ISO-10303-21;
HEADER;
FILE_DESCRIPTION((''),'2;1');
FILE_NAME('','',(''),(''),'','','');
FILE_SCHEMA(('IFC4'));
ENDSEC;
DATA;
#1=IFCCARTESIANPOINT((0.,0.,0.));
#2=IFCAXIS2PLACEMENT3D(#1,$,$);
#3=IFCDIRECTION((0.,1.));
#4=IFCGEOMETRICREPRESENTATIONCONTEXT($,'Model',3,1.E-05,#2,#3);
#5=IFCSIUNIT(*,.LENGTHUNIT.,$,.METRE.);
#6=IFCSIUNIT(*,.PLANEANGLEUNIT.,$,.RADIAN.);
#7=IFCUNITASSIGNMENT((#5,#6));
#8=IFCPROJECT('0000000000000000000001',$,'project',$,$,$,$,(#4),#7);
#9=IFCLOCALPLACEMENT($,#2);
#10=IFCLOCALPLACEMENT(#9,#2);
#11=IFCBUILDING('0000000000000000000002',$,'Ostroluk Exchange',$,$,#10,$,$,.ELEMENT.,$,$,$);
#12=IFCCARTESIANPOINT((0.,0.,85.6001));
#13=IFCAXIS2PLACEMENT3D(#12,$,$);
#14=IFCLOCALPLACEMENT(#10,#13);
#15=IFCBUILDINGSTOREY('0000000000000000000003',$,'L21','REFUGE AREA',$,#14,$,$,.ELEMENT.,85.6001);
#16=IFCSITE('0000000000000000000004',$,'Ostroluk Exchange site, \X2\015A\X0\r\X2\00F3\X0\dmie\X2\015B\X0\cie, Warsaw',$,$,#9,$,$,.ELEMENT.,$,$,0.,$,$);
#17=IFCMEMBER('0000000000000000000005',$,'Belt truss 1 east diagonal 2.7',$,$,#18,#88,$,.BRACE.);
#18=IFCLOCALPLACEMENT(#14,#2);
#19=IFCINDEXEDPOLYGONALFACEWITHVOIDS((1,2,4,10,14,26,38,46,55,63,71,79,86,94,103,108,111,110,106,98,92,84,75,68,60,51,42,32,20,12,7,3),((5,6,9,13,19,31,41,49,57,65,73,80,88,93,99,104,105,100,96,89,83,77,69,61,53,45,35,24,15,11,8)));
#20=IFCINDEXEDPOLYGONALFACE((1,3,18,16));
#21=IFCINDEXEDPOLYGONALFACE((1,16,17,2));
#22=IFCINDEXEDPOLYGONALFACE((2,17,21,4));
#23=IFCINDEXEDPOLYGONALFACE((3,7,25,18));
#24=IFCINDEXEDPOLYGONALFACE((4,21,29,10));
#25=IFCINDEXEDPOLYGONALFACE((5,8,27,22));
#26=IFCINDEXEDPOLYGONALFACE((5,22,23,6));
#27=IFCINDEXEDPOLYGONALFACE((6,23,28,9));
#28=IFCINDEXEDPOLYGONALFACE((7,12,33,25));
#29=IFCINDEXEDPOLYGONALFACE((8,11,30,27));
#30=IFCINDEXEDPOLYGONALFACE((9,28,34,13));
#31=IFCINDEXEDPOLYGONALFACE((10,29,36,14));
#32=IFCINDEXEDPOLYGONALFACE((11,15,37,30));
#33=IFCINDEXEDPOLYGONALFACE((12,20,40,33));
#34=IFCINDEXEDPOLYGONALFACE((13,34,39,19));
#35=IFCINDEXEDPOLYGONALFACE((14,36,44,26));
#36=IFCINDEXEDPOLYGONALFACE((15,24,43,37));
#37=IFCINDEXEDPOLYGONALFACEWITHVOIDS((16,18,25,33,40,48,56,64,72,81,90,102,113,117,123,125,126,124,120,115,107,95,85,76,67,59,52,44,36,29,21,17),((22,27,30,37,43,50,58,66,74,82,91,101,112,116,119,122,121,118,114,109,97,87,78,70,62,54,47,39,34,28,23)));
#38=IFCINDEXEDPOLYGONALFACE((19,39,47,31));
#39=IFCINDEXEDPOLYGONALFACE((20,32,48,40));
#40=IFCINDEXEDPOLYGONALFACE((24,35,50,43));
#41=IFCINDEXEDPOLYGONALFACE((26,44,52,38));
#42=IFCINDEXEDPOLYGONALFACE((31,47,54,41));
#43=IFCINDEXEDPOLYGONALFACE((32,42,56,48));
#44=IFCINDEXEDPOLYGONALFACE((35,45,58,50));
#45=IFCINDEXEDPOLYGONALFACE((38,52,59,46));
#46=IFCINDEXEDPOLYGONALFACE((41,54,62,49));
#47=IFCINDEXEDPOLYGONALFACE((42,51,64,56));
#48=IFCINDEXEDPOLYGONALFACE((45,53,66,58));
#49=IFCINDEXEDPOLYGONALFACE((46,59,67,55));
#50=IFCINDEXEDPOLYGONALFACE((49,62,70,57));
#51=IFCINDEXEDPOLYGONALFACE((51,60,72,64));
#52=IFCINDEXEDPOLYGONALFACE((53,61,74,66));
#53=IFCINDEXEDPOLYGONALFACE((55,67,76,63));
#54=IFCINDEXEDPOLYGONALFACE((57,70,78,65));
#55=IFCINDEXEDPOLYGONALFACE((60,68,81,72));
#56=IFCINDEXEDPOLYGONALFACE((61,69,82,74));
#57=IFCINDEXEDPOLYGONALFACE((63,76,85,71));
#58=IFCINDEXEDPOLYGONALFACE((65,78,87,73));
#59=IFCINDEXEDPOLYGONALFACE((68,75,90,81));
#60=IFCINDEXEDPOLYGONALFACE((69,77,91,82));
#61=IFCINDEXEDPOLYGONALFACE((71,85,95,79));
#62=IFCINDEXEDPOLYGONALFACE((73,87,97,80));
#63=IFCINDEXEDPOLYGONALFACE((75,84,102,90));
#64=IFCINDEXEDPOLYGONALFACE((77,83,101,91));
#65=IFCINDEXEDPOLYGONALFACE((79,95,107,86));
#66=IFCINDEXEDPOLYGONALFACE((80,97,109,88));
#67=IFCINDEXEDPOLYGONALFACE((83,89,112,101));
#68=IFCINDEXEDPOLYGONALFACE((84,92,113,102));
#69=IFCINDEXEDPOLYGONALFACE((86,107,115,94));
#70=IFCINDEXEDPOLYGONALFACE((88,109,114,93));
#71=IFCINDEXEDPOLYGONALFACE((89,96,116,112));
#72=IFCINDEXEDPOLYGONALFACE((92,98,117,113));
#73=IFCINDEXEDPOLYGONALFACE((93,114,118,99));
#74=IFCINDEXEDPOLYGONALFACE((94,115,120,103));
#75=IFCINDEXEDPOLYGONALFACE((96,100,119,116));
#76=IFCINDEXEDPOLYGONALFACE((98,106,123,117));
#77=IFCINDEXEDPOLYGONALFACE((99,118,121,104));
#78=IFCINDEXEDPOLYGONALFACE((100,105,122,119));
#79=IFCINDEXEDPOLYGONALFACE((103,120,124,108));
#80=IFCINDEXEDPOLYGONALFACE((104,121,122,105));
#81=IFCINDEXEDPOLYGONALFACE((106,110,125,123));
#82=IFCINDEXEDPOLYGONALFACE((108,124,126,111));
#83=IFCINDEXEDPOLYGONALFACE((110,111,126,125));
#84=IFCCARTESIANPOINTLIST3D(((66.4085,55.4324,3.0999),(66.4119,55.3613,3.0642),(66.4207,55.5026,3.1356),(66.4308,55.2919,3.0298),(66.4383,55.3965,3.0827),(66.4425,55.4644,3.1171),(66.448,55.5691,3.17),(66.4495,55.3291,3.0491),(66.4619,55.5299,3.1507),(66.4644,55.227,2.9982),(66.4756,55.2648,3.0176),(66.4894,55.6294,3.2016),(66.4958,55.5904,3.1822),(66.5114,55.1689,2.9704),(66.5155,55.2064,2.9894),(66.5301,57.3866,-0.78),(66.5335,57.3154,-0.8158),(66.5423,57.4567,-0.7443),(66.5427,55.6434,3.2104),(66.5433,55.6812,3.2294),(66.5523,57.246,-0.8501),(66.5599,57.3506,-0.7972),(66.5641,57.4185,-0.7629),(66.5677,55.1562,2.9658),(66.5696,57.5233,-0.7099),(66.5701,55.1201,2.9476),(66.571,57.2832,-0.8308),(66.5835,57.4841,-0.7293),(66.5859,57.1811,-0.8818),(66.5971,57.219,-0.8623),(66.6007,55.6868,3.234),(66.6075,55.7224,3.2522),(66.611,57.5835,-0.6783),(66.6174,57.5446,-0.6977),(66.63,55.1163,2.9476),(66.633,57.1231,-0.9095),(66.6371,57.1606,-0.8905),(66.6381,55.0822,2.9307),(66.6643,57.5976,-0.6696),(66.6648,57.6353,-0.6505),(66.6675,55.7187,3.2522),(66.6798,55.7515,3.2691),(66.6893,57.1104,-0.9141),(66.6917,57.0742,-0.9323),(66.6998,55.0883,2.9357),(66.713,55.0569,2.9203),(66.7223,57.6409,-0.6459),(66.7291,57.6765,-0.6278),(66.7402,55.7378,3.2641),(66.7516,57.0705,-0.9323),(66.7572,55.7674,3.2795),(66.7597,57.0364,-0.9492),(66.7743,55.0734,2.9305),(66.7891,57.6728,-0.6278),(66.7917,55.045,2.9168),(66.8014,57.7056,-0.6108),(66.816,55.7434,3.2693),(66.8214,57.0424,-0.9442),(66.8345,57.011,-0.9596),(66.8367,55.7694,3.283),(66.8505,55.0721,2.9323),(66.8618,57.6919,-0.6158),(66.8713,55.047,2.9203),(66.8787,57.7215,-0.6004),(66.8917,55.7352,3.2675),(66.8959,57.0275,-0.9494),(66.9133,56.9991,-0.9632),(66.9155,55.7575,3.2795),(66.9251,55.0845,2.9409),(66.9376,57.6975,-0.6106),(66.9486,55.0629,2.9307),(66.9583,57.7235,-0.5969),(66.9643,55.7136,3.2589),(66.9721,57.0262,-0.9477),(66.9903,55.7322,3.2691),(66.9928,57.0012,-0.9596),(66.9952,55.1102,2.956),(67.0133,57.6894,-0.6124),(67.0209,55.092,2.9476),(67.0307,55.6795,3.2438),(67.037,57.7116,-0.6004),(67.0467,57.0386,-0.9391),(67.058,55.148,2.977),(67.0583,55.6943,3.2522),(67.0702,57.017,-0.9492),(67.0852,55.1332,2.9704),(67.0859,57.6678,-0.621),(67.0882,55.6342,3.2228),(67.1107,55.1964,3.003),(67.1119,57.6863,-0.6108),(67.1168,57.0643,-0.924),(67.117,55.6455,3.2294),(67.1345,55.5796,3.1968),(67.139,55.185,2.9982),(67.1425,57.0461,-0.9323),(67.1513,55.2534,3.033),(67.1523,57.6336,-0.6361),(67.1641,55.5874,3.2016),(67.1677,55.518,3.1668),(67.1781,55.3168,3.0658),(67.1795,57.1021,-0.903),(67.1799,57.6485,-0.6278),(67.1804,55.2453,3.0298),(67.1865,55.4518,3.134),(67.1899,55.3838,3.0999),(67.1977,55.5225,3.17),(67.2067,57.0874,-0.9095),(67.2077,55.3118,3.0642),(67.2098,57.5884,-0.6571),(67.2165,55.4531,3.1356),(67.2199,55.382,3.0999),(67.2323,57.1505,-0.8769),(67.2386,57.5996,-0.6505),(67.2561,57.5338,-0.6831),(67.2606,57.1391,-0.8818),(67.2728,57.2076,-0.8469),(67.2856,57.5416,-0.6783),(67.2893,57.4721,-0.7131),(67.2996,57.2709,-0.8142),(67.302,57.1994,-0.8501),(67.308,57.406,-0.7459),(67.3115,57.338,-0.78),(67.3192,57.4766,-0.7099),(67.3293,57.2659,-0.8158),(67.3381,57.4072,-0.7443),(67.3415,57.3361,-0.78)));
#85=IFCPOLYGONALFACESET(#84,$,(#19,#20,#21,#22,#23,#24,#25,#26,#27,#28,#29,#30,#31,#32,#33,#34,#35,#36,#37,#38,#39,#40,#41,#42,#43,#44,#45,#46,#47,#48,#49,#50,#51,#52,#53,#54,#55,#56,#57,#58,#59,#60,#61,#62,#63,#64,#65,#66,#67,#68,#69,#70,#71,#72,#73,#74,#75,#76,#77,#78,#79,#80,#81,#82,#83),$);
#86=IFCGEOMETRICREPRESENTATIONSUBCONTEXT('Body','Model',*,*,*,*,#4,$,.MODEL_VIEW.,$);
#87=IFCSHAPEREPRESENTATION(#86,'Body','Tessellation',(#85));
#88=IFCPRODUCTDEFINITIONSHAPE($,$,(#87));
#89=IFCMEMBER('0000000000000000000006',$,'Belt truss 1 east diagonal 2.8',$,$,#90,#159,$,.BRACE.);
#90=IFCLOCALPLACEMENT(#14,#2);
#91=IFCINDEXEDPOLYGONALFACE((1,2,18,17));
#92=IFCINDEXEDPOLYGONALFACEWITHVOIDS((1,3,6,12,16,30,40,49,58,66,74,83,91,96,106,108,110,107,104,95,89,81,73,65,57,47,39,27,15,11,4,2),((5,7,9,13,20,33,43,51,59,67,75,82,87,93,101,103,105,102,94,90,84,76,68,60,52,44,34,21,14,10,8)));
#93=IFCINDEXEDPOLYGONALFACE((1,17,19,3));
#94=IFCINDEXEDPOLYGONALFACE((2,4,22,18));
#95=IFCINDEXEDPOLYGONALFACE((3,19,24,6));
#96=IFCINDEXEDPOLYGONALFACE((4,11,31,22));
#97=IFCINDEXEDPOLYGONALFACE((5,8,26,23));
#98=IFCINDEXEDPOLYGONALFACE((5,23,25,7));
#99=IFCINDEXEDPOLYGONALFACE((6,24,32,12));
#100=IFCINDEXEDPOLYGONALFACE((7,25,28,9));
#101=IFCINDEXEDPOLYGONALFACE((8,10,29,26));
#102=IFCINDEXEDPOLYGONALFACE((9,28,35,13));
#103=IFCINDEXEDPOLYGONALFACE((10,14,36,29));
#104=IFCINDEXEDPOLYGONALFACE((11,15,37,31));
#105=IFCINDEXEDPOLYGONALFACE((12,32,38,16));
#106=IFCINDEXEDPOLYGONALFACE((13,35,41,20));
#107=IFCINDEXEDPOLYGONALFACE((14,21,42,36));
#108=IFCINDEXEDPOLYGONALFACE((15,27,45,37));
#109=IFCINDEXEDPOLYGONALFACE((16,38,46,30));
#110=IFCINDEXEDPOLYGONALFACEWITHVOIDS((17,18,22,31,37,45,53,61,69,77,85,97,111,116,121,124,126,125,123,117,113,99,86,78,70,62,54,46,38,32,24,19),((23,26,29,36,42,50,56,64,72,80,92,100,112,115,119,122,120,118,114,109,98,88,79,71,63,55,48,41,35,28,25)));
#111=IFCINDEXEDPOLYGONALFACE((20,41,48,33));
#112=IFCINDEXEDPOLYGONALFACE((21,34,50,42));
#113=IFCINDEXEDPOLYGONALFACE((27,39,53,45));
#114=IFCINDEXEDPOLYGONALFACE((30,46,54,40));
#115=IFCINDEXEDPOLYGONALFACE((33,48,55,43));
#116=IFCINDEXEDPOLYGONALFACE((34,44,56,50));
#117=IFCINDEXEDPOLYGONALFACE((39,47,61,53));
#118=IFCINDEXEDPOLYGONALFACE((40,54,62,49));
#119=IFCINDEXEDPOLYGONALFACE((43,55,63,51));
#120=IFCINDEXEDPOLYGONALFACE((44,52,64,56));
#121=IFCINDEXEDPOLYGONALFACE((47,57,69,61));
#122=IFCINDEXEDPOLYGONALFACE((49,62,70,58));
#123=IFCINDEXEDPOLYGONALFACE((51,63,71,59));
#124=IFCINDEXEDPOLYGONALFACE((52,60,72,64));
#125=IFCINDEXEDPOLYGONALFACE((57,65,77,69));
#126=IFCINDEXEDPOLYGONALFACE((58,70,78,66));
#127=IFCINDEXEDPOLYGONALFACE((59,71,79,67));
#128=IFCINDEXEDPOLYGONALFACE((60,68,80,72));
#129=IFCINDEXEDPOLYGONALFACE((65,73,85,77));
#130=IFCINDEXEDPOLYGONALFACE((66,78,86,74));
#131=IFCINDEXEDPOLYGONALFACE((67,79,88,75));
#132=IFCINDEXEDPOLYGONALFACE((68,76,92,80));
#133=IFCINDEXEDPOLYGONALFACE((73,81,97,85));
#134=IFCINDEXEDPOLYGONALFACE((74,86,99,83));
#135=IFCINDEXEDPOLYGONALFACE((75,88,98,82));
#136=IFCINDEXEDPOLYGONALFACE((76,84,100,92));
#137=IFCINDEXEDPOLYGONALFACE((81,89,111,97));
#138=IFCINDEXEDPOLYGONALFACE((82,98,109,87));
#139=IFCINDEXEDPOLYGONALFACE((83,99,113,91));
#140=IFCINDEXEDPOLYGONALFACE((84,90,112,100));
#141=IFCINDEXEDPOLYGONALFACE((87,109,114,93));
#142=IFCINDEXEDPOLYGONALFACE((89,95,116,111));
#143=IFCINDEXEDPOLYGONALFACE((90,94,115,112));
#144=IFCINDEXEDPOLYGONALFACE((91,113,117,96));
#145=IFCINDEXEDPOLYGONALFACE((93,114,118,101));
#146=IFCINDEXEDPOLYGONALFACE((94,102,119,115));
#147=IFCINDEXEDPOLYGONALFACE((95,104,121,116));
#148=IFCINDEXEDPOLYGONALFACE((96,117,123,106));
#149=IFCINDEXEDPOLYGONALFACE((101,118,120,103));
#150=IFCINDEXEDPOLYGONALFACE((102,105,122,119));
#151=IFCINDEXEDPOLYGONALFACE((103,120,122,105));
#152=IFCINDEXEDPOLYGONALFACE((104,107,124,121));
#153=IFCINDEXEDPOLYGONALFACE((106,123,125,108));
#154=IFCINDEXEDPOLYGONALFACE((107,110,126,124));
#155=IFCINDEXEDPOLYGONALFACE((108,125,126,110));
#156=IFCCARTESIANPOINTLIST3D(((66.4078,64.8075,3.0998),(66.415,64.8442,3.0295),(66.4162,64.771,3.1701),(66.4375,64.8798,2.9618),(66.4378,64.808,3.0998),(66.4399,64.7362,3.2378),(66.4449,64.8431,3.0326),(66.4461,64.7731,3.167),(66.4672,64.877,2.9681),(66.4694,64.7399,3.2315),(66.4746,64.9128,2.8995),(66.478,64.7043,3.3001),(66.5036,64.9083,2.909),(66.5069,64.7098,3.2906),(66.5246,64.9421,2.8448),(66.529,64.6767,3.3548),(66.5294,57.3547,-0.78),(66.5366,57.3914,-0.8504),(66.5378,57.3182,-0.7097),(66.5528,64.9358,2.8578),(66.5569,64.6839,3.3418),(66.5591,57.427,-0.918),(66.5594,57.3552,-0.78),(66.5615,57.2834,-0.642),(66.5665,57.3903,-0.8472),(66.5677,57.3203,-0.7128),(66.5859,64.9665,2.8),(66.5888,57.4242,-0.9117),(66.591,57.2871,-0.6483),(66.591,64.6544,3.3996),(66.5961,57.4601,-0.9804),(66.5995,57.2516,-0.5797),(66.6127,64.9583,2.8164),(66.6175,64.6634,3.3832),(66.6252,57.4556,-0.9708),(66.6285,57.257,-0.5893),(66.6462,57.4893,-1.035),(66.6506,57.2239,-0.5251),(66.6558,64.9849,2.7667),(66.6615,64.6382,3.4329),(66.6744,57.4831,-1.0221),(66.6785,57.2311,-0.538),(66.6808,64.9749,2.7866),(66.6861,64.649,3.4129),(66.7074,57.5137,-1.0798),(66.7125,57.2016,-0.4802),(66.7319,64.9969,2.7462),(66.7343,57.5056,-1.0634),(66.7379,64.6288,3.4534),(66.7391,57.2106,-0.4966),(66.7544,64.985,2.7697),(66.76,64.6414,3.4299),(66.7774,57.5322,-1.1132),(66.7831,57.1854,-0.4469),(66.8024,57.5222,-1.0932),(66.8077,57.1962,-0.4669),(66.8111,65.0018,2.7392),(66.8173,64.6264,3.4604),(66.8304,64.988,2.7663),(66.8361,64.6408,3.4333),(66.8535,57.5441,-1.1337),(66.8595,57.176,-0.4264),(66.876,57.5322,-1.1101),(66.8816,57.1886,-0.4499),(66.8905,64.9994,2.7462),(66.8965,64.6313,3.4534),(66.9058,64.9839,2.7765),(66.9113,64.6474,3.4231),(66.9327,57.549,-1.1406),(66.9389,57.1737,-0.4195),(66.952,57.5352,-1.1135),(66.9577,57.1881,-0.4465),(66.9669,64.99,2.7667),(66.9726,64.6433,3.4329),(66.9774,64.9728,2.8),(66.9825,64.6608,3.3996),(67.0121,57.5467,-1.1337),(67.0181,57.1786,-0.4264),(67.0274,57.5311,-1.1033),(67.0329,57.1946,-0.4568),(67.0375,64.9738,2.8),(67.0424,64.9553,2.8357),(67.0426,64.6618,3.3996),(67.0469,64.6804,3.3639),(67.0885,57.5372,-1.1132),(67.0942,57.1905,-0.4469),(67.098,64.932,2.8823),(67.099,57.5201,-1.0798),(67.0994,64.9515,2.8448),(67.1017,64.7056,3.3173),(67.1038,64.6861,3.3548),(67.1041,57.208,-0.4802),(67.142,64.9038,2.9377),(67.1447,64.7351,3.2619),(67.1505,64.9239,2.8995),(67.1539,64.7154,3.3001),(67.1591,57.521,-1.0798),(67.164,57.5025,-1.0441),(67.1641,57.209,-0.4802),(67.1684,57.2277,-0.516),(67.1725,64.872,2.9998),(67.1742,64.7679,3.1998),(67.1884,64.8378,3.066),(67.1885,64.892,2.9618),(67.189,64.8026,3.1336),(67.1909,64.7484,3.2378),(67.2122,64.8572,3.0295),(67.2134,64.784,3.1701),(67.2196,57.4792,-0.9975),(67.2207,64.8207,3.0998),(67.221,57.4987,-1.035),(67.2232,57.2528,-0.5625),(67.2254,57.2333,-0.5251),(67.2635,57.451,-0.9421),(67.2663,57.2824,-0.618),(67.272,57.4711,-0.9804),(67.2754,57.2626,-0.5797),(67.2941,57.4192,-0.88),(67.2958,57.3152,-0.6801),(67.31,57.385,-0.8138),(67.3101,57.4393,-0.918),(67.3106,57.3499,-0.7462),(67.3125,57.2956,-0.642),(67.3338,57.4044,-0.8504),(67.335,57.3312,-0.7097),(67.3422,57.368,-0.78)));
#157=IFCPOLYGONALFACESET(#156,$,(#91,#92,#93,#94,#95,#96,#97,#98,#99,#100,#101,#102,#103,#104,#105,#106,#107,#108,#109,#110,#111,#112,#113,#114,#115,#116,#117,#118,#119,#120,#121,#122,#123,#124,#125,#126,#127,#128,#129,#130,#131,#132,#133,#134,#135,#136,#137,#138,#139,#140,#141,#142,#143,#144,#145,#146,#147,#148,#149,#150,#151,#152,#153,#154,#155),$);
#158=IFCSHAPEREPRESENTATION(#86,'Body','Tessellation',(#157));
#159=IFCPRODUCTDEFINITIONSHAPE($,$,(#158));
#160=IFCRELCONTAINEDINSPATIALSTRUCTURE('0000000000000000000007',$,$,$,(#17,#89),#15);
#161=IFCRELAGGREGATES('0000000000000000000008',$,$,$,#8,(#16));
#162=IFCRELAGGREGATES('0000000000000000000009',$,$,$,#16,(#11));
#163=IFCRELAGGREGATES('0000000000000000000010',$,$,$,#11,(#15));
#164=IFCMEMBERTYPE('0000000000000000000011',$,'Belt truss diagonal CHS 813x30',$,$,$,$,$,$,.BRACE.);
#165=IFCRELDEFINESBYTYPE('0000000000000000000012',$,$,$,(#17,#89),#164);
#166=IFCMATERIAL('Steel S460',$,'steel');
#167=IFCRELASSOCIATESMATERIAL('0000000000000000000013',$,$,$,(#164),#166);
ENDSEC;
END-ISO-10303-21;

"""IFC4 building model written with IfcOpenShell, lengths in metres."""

from ifc_helpers import new_model, si_unit, direction, frame, origin, origin_2d, place, context, subcontext, project, spatial, hollow_circle, extrude, material, material_profile, profile_set, type_object, element, save


model = new_model("IFC4")

# Units and contexts
model_context = context("Model", 3, precision=1e-05, world=origin(), true_north=direction((0.0, 1.0)))
body_context = subcontext(model_context, "Body", "Model", "MODEL_VIEW")
ifc_project = project(units=[si_unit("LENGTHUNIT", "METRE"), si_unit("PLANEANGLEUNIT", "RADIAN")], contexts=[model_context])

# Site, building, storey
site_placement = place(None, origin())
site = spatial("IfcSite", under=ifc_project, at=site_placement, Name="Ostroluk Exchange site, Śródmieście, Warsaw", CompositionType="ELEMENT", RefElevation=0.0)
building_placement = place(site_placement, origin())
building = spatial("IfcBuilding", under=site, at=building_placement, Name="Ostroluk Exchange", CompositionType="ELEMENT")
storey_placement = place(building_placement, frame((0.0, 0.0, 85.6001)))
storey = spatial("IfcBuildingStorey", under=building, at=storey_placement, Name="L21", Description="REFUGE AREA", CompositionType="ELEMENT", Elevation=85.6001)

# Members
ifc_material_1 = material(Name="Steel S460", Category="steel")
ifc_material_profile_1 = material_profile(ifc_material_1, hollow_circle(Radius=0.4065, WallThickness=0.03, at=origin_2d()), Name="CHS 813x30")
ifc_profile_set_1 = profile_set([ifc_material_profile_1], Name="Steel S460")
member_type_1 = type_object("IfcMemberType", Name="Belt truss diagonal CHS 813x30", PredefinedType="BRACE", material=ifc_profile_set_1)
member_1_placement = place(storey_placement, frame((66.9358, 57.3613, -0.78), z_axis=(-0.027976, -0.449643, 0.89277), x_axis=(0.99807, -0.062099, 0.0)))
element("IfcMember", 1, at=member_1_placement, inside=storey, type_object=member_type_1, Name="Belt truss 1 east diagonal 2.7", PredefinedType="BRACE", context=body_context, shape_type="SweptSolid", body=[
    extrude(hollow_circle(Radius=0.4065, WallThickness=0.03, at=origin_2d()), origin(), (0.0, 0.0, 1.0), 4.3459),
])
member_2_placement = place(storey_placement, frame((66.9358, 57.3613, -0.78), z_axis=(-0.014469, 0.88691, 0.461715), x_axis=(-0.999867, -0.016311, 0.0)))
element("IfcMember", 2, at=member_2_placement, inside=storey, type_object=member_type_1, Name="Belt truss 1 east diagonal 2.8", PredefinedType="BRACE", context=body_context, shape_type="SweptSolid", body=[
    extrude(hollow_circle(Radius=0.4065, WallThickness=0.03, at=origin_2d()), origin(), (0.0, 0.0, 1.0), 8.4031),
])

save(model, "model.ifc")
